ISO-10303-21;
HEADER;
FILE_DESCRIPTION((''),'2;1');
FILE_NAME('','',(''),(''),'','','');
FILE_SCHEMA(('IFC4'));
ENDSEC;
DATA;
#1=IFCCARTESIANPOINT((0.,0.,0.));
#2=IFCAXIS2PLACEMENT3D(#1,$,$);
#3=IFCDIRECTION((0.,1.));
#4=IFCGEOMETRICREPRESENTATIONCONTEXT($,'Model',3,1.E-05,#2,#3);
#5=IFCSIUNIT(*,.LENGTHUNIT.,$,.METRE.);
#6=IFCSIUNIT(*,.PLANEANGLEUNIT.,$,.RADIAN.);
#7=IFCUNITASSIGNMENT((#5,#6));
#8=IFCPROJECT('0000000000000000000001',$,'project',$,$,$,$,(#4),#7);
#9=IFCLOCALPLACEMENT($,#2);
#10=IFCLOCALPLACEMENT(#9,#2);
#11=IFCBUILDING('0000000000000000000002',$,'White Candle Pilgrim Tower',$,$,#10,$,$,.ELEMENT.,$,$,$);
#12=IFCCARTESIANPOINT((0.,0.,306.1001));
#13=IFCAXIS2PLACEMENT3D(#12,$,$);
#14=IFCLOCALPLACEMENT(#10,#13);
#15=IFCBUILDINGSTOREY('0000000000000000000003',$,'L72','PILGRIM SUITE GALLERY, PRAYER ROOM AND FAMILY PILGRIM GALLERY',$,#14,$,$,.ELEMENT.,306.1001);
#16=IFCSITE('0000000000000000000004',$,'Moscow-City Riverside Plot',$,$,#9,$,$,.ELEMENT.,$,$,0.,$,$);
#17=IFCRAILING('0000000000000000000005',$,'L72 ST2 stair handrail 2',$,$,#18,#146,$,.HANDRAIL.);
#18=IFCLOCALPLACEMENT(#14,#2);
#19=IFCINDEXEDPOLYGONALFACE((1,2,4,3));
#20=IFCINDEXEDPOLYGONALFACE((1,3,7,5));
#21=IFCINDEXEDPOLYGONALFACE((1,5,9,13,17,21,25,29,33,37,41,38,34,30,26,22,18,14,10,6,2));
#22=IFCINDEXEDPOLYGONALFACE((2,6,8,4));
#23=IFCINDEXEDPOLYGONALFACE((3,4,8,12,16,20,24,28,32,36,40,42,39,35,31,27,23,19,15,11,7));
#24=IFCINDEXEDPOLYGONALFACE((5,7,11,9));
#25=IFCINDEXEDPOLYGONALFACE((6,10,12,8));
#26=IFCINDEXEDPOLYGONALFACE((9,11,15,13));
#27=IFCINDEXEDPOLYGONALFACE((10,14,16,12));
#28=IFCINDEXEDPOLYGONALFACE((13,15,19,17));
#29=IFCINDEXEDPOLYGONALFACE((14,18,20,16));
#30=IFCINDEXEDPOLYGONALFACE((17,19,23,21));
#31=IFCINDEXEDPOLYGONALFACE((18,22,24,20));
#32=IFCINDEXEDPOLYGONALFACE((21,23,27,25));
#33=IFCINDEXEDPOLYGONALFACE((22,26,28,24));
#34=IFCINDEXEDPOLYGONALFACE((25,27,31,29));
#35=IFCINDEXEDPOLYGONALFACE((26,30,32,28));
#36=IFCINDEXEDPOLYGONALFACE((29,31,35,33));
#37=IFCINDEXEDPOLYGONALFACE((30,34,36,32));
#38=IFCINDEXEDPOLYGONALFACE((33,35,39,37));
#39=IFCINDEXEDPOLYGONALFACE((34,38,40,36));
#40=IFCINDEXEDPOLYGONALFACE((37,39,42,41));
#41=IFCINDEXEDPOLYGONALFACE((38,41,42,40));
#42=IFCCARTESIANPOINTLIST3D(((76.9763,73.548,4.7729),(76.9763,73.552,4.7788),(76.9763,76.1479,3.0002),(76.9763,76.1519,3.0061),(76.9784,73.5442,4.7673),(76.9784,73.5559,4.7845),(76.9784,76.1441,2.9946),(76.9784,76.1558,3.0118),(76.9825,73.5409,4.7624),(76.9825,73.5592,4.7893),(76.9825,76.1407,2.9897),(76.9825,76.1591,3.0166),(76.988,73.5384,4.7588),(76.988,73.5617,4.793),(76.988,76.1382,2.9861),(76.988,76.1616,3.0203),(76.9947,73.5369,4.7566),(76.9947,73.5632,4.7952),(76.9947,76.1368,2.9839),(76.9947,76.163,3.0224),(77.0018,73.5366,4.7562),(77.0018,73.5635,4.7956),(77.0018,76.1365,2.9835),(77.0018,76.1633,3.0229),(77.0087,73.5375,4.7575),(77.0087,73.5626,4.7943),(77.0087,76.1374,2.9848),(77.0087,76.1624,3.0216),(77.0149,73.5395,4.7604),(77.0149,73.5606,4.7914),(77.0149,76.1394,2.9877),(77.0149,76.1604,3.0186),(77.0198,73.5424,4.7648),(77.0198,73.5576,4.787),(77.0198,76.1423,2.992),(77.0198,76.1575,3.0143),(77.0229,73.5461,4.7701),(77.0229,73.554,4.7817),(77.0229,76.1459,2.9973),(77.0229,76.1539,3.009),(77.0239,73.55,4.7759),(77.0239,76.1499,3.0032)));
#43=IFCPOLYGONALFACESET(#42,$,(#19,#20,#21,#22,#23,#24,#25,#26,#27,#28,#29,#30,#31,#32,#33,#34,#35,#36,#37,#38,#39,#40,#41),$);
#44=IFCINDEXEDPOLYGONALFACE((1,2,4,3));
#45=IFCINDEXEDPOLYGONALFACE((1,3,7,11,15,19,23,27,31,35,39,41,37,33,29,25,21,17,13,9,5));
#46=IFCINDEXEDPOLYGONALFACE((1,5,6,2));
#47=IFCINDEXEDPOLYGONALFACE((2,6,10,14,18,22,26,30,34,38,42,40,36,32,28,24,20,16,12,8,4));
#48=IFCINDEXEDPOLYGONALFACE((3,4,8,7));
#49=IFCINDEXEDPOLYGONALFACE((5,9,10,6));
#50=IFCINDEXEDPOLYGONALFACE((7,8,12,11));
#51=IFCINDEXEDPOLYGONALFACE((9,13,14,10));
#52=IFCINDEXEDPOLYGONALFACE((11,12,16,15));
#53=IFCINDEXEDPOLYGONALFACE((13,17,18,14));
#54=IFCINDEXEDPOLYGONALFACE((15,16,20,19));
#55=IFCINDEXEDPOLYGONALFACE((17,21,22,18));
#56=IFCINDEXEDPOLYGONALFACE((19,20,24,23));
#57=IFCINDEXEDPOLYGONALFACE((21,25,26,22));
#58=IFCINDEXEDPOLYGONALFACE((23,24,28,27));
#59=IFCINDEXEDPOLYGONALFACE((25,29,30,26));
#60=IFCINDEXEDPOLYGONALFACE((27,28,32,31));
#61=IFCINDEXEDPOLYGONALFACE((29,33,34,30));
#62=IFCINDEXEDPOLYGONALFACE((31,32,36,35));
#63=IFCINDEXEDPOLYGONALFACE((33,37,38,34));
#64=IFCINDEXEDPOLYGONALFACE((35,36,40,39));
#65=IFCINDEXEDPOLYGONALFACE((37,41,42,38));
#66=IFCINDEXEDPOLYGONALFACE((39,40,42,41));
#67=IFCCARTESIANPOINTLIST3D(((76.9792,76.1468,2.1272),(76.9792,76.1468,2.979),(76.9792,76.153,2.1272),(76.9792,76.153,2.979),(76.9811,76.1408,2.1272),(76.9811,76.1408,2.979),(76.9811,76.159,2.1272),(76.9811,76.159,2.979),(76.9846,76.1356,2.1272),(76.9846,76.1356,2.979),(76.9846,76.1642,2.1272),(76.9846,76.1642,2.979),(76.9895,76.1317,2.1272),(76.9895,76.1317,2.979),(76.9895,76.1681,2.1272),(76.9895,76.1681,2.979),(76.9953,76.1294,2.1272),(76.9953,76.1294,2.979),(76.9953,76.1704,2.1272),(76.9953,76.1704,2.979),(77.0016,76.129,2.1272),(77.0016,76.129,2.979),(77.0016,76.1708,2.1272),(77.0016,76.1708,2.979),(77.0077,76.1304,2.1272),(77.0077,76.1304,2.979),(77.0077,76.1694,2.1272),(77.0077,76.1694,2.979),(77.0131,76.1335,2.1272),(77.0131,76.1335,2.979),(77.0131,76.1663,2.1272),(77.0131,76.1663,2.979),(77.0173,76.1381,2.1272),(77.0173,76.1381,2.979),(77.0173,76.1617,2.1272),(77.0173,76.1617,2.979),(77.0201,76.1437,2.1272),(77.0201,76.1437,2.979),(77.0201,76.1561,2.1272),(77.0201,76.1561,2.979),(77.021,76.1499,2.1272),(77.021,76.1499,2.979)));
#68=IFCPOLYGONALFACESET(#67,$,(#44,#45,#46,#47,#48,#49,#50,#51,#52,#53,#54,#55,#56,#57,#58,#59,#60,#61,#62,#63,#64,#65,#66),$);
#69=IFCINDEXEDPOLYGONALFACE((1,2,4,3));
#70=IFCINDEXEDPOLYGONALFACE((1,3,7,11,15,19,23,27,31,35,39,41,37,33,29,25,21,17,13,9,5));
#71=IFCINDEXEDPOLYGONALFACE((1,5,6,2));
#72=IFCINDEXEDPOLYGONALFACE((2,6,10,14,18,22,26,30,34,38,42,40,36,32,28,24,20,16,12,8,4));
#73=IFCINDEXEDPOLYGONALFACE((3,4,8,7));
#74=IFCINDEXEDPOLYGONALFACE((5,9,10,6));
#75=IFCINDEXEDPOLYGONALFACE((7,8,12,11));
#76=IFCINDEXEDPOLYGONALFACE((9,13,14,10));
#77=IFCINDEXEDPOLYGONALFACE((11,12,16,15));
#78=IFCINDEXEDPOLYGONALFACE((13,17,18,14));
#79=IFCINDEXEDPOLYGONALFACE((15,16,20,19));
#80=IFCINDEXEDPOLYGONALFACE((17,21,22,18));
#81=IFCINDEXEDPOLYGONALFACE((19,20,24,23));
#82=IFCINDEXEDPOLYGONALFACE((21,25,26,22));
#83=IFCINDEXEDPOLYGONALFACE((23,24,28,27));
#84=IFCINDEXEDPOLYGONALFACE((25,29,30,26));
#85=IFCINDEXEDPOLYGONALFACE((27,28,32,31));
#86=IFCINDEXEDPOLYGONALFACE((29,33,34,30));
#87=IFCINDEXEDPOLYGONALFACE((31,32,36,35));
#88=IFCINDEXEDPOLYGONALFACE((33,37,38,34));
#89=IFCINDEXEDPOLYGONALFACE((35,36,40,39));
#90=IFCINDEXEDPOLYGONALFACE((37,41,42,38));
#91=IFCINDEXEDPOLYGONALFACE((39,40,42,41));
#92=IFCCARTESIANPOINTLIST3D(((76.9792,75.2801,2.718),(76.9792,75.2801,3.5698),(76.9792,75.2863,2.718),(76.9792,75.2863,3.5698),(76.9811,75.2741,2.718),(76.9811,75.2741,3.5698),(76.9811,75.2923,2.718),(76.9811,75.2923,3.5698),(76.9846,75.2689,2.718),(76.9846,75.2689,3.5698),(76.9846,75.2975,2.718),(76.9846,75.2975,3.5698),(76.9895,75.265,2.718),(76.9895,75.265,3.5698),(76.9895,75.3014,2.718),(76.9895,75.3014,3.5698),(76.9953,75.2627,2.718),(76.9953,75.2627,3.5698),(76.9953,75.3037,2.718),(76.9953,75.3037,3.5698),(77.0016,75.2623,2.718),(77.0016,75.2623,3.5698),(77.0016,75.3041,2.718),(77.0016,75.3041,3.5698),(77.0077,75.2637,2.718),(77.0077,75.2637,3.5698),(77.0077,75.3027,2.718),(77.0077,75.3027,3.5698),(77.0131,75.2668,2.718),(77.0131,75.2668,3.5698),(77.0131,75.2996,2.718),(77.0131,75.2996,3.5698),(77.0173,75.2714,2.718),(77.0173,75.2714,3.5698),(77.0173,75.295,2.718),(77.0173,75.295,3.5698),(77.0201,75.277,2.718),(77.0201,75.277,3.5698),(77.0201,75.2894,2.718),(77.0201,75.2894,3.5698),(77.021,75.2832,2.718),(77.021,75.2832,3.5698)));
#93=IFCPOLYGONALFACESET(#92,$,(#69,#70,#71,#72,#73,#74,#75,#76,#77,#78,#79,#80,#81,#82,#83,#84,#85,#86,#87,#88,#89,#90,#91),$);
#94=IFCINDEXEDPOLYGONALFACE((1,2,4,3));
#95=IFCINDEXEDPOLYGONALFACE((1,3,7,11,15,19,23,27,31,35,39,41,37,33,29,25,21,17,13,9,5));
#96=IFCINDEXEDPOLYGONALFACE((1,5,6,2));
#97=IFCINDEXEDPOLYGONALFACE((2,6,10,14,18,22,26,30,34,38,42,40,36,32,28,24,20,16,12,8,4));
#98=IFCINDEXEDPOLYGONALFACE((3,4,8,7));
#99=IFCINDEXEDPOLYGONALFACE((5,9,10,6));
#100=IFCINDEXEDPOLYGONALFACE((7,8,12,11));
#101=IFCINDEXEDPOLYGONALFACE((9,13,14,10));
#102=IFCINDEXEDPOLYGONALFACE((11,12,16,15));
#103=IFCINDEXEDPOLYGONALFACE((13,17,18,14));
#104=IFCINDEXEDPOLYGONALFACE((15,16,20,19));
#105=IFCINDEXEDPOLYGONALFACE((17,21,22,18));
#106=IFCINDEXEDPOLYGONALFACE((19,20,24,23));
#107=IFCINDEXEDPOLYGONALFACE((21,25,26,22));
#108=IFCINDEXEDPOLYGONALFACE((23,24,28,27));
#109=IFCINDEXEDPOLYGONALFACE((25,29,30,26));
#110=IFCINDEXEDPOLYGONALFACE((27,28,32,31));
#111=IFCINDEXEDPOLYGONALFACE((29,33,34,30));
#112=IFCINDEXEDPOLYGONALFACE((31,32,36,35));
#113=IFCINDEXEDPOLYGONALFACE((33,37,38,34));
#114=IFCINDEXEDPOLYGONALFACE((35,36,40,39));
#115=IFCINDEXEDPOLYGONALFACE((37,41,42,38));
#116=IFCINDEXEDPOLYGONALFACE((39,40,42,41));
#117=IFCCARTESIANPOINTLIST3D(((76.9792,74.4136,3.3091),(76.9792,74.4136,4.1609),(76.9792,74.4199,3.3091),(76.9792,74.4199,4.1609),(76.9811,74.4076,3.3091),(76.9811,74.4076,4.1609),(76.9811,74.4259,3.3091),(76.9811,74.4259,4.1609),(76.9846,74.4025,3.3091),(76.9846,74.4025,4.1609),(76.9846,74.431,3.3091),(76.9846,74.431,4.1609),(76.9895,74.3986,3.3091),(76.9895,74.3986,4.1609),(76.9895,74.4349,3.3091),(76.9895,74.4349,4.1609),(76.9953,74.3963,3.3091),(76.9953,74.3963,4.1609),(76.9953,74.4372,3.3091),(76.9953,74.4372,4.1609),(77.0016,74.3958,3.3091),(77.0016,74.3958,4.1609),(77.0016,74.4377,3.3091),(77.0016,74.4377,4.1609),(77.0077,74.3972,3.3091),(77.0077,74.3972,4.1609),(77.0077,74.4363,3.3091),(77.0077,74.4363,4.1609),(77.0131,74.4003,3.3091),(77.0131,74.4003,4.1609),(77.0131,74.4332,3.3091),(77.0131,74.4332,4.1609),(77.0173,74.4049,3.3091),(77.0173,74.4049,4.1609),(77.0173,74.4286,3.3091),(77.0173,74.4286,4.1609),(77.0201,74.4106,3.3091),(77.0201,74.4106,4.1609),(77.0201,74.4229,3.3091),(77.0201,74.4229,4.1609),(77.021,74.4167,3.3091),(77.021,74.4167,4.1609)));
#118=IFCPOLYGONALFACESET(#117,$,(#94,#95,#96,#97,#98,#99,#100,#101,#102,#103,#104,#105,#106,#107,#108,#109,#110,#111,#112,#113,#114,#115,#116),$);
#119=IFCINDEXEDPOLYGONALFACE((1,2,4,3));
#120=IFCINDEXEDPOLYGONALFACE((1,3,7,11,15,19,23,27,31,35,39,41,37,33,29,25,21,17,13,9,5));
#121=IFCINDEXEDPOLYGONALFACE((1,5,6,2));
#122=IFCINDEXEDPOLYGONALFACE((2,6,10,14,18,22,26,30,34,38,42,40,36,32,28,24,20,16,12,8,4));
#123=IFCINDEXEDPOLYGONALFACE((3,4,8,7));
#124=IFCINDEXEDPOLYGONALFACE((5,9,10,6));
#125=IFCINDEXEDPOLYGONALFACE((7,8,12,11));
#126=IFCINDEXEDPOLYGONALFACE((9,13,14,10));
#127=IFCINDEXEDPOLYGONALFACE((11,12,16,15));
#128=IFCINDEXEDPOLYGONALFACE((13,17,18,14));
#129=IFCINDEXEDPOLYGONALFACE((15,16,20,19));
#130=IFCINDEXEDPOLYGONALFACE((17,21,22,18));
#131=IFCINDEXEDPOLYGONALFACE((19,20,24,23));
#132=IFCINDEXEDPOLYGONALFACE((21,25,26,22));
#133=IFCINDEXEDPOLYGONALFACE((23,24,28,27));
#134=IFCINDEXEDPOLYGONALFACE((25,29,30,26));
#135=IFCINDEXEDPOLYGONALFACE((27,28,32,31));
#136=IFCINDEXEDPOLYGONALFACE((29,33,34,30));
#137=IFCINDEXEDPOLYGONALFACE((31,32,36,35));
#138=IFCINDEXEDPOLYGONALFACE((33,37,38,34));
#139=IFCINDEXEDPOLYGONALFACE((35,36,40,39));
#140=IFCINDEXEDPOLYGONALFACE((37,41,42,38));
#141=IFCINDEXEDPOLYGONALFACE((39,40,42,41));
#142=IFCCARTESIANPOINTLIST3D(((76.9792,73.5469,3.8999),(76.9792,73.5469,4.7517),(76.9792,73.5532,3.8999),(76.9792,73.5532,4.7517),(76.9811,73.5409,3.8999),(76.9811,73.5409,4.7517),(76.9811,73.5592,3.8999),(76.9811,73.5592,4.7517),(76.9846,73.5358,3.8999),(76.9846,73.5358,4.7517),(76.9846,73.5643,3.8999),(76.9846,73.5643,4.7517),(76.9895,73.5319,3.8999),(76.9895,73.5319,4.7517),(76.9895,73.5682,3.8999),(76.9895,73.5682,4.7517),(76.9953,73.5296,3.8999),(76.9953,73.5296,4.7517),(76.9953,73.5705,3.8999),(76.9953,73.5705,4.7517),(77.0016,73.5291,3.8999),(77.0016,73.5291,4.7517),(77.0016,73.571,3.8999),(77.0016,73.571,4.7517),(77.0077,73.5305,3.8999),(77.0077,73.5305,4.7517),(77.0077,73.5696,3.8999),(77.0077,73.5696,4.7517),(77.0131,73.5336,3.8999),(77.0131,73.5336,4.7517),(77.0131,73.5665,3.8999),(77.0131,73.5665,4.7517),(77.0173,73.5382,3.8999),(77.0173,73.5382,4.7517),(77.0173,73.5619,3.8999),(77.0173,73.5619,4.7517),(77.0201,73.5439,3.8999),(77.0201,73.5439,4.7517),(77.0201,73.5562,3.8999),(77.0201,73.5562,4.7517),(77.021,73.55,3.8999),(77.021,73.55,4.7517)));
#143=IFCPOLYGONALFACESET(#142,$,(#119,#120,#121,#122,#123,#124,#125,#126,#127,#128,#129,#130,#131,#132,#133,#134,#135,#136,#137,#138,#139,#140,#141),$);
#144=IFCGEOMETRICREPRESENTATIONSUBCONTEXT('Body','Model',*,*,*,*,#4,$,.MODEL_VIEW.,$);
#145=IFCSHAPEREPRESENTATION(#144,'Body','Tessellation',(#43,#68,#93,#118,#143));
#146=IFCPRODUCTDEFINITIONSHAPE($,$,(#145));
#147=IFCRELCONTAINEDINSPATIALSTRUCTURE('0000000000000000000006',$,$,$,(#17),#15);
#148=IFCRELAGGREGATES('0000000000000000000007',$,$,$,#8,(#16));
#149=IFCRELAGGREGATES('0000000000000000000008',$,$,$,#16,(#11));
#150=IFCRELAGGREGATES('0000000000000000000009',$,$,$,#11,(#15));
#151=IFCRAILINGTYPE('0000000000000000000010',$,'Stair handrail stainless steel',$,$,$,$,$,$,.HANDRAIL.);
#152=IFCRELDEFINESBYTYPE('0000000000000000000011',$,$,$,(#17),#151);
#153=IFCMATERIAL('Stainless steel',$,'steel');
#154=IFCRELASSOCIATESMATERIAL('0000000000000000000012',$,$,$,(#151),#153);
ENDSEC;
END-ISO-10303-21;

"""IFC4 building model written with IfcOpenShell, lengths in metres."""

from ifc_helpers import new_model, si_unit, direction, frame, origin, origin_2d, place, context, subcontext, project, spatial, circle, extrude, material, type_object, element, save


model = new_model("IFC4")

# Units and contexts
model_context = context("Model", 3, precision=1e-05, world=origin(), true_north=direction((0.0, 1.0)))
body_context = subcontext(model_context, "Body", "Model", "MODEL_VIEW")
ifc_project = project(units=[si_unit("LENGTHUNIT", "METRE"), si_unit("PLANEANGLEUNIT", "RADIAN")], contexts=[model_context])

# Site, building, storey
site_placement = place(None, origin())
site = spatial("IfcSite", under=ifc_project, at=site_placement, Name="Moscow-City Riverside Plot", CompositionType="ELEMENT", RefElevation=0.0)
building_placement = place(site_placement, origin())
building = spatial("IfcBuilding", under=site, at=building_placement, Name="White Candle Pilgrim Tower", CompositionType="ELEMENT")
storey_placement = place(building_placement, frame((0.0, 0.0, 306.1001)))
storey = spatial("IfcBuildingStorey", under=building, at=storey_placement, Name="L72", Description="PILGRIM SUITE GALLERY, PRAYER ROOM AND FAMILY PILGRIM GALLERY", CompositionType="ELEMENT", Elevation=306.1001)

# Railing
ifc_material_1 = material(Name="Stainless steel", Category="steel")
railing_type_1 = type_object("IfcRailingType", Name="Stair handrail stainless steel", PredefinedType="HANDRAIL", material=ifc_material_1)
railing_1_placement = place(storey_placement, frame((77.0, 76.1499, 2.1272)))
element("IfcRailing", 1, at=railing_1_placement, inside=storey, type_object=railing_type_1, Name="L72 ST2 stair handrail 2", PredefinedType="HANDRAIL", context=body_context, shape_type="SweptSolid", body=[
    extrude(circle(Radius=0.0239, at=origin_2d()), frame((0.0, 0.0, 0.876), z_axis=(0.0, -0.826216, 0.563354), x_axis=(1.0, 0.0, 0.0)), (0.0, 0.0, 1.0), 3.1467),
    extrude(circle(Radius=0.021, at=origin_2d()), origin(), (0.0, 0.0, 1.0), 0.8518),
    extrude(circle(Radius=0.021, at=origin_2d()), frame((0.0, -0.8667, 0.5908)), (0.0, 0.0, 1.0), 0.8518),
    extrude(circle(Radius=0.021, at=origin_2d()), frame((0.0, -1.7332, 1.1819)), (0.0, 0.0, 1.0), 0.8518),
    extrude(circle(Radius=0.021, at=origin_2d()), frame((0.0, -2.5999, 1.7727)), (0.0, 0.0, 1.0), 0.8518),
])

save(model, "model.ifc")
